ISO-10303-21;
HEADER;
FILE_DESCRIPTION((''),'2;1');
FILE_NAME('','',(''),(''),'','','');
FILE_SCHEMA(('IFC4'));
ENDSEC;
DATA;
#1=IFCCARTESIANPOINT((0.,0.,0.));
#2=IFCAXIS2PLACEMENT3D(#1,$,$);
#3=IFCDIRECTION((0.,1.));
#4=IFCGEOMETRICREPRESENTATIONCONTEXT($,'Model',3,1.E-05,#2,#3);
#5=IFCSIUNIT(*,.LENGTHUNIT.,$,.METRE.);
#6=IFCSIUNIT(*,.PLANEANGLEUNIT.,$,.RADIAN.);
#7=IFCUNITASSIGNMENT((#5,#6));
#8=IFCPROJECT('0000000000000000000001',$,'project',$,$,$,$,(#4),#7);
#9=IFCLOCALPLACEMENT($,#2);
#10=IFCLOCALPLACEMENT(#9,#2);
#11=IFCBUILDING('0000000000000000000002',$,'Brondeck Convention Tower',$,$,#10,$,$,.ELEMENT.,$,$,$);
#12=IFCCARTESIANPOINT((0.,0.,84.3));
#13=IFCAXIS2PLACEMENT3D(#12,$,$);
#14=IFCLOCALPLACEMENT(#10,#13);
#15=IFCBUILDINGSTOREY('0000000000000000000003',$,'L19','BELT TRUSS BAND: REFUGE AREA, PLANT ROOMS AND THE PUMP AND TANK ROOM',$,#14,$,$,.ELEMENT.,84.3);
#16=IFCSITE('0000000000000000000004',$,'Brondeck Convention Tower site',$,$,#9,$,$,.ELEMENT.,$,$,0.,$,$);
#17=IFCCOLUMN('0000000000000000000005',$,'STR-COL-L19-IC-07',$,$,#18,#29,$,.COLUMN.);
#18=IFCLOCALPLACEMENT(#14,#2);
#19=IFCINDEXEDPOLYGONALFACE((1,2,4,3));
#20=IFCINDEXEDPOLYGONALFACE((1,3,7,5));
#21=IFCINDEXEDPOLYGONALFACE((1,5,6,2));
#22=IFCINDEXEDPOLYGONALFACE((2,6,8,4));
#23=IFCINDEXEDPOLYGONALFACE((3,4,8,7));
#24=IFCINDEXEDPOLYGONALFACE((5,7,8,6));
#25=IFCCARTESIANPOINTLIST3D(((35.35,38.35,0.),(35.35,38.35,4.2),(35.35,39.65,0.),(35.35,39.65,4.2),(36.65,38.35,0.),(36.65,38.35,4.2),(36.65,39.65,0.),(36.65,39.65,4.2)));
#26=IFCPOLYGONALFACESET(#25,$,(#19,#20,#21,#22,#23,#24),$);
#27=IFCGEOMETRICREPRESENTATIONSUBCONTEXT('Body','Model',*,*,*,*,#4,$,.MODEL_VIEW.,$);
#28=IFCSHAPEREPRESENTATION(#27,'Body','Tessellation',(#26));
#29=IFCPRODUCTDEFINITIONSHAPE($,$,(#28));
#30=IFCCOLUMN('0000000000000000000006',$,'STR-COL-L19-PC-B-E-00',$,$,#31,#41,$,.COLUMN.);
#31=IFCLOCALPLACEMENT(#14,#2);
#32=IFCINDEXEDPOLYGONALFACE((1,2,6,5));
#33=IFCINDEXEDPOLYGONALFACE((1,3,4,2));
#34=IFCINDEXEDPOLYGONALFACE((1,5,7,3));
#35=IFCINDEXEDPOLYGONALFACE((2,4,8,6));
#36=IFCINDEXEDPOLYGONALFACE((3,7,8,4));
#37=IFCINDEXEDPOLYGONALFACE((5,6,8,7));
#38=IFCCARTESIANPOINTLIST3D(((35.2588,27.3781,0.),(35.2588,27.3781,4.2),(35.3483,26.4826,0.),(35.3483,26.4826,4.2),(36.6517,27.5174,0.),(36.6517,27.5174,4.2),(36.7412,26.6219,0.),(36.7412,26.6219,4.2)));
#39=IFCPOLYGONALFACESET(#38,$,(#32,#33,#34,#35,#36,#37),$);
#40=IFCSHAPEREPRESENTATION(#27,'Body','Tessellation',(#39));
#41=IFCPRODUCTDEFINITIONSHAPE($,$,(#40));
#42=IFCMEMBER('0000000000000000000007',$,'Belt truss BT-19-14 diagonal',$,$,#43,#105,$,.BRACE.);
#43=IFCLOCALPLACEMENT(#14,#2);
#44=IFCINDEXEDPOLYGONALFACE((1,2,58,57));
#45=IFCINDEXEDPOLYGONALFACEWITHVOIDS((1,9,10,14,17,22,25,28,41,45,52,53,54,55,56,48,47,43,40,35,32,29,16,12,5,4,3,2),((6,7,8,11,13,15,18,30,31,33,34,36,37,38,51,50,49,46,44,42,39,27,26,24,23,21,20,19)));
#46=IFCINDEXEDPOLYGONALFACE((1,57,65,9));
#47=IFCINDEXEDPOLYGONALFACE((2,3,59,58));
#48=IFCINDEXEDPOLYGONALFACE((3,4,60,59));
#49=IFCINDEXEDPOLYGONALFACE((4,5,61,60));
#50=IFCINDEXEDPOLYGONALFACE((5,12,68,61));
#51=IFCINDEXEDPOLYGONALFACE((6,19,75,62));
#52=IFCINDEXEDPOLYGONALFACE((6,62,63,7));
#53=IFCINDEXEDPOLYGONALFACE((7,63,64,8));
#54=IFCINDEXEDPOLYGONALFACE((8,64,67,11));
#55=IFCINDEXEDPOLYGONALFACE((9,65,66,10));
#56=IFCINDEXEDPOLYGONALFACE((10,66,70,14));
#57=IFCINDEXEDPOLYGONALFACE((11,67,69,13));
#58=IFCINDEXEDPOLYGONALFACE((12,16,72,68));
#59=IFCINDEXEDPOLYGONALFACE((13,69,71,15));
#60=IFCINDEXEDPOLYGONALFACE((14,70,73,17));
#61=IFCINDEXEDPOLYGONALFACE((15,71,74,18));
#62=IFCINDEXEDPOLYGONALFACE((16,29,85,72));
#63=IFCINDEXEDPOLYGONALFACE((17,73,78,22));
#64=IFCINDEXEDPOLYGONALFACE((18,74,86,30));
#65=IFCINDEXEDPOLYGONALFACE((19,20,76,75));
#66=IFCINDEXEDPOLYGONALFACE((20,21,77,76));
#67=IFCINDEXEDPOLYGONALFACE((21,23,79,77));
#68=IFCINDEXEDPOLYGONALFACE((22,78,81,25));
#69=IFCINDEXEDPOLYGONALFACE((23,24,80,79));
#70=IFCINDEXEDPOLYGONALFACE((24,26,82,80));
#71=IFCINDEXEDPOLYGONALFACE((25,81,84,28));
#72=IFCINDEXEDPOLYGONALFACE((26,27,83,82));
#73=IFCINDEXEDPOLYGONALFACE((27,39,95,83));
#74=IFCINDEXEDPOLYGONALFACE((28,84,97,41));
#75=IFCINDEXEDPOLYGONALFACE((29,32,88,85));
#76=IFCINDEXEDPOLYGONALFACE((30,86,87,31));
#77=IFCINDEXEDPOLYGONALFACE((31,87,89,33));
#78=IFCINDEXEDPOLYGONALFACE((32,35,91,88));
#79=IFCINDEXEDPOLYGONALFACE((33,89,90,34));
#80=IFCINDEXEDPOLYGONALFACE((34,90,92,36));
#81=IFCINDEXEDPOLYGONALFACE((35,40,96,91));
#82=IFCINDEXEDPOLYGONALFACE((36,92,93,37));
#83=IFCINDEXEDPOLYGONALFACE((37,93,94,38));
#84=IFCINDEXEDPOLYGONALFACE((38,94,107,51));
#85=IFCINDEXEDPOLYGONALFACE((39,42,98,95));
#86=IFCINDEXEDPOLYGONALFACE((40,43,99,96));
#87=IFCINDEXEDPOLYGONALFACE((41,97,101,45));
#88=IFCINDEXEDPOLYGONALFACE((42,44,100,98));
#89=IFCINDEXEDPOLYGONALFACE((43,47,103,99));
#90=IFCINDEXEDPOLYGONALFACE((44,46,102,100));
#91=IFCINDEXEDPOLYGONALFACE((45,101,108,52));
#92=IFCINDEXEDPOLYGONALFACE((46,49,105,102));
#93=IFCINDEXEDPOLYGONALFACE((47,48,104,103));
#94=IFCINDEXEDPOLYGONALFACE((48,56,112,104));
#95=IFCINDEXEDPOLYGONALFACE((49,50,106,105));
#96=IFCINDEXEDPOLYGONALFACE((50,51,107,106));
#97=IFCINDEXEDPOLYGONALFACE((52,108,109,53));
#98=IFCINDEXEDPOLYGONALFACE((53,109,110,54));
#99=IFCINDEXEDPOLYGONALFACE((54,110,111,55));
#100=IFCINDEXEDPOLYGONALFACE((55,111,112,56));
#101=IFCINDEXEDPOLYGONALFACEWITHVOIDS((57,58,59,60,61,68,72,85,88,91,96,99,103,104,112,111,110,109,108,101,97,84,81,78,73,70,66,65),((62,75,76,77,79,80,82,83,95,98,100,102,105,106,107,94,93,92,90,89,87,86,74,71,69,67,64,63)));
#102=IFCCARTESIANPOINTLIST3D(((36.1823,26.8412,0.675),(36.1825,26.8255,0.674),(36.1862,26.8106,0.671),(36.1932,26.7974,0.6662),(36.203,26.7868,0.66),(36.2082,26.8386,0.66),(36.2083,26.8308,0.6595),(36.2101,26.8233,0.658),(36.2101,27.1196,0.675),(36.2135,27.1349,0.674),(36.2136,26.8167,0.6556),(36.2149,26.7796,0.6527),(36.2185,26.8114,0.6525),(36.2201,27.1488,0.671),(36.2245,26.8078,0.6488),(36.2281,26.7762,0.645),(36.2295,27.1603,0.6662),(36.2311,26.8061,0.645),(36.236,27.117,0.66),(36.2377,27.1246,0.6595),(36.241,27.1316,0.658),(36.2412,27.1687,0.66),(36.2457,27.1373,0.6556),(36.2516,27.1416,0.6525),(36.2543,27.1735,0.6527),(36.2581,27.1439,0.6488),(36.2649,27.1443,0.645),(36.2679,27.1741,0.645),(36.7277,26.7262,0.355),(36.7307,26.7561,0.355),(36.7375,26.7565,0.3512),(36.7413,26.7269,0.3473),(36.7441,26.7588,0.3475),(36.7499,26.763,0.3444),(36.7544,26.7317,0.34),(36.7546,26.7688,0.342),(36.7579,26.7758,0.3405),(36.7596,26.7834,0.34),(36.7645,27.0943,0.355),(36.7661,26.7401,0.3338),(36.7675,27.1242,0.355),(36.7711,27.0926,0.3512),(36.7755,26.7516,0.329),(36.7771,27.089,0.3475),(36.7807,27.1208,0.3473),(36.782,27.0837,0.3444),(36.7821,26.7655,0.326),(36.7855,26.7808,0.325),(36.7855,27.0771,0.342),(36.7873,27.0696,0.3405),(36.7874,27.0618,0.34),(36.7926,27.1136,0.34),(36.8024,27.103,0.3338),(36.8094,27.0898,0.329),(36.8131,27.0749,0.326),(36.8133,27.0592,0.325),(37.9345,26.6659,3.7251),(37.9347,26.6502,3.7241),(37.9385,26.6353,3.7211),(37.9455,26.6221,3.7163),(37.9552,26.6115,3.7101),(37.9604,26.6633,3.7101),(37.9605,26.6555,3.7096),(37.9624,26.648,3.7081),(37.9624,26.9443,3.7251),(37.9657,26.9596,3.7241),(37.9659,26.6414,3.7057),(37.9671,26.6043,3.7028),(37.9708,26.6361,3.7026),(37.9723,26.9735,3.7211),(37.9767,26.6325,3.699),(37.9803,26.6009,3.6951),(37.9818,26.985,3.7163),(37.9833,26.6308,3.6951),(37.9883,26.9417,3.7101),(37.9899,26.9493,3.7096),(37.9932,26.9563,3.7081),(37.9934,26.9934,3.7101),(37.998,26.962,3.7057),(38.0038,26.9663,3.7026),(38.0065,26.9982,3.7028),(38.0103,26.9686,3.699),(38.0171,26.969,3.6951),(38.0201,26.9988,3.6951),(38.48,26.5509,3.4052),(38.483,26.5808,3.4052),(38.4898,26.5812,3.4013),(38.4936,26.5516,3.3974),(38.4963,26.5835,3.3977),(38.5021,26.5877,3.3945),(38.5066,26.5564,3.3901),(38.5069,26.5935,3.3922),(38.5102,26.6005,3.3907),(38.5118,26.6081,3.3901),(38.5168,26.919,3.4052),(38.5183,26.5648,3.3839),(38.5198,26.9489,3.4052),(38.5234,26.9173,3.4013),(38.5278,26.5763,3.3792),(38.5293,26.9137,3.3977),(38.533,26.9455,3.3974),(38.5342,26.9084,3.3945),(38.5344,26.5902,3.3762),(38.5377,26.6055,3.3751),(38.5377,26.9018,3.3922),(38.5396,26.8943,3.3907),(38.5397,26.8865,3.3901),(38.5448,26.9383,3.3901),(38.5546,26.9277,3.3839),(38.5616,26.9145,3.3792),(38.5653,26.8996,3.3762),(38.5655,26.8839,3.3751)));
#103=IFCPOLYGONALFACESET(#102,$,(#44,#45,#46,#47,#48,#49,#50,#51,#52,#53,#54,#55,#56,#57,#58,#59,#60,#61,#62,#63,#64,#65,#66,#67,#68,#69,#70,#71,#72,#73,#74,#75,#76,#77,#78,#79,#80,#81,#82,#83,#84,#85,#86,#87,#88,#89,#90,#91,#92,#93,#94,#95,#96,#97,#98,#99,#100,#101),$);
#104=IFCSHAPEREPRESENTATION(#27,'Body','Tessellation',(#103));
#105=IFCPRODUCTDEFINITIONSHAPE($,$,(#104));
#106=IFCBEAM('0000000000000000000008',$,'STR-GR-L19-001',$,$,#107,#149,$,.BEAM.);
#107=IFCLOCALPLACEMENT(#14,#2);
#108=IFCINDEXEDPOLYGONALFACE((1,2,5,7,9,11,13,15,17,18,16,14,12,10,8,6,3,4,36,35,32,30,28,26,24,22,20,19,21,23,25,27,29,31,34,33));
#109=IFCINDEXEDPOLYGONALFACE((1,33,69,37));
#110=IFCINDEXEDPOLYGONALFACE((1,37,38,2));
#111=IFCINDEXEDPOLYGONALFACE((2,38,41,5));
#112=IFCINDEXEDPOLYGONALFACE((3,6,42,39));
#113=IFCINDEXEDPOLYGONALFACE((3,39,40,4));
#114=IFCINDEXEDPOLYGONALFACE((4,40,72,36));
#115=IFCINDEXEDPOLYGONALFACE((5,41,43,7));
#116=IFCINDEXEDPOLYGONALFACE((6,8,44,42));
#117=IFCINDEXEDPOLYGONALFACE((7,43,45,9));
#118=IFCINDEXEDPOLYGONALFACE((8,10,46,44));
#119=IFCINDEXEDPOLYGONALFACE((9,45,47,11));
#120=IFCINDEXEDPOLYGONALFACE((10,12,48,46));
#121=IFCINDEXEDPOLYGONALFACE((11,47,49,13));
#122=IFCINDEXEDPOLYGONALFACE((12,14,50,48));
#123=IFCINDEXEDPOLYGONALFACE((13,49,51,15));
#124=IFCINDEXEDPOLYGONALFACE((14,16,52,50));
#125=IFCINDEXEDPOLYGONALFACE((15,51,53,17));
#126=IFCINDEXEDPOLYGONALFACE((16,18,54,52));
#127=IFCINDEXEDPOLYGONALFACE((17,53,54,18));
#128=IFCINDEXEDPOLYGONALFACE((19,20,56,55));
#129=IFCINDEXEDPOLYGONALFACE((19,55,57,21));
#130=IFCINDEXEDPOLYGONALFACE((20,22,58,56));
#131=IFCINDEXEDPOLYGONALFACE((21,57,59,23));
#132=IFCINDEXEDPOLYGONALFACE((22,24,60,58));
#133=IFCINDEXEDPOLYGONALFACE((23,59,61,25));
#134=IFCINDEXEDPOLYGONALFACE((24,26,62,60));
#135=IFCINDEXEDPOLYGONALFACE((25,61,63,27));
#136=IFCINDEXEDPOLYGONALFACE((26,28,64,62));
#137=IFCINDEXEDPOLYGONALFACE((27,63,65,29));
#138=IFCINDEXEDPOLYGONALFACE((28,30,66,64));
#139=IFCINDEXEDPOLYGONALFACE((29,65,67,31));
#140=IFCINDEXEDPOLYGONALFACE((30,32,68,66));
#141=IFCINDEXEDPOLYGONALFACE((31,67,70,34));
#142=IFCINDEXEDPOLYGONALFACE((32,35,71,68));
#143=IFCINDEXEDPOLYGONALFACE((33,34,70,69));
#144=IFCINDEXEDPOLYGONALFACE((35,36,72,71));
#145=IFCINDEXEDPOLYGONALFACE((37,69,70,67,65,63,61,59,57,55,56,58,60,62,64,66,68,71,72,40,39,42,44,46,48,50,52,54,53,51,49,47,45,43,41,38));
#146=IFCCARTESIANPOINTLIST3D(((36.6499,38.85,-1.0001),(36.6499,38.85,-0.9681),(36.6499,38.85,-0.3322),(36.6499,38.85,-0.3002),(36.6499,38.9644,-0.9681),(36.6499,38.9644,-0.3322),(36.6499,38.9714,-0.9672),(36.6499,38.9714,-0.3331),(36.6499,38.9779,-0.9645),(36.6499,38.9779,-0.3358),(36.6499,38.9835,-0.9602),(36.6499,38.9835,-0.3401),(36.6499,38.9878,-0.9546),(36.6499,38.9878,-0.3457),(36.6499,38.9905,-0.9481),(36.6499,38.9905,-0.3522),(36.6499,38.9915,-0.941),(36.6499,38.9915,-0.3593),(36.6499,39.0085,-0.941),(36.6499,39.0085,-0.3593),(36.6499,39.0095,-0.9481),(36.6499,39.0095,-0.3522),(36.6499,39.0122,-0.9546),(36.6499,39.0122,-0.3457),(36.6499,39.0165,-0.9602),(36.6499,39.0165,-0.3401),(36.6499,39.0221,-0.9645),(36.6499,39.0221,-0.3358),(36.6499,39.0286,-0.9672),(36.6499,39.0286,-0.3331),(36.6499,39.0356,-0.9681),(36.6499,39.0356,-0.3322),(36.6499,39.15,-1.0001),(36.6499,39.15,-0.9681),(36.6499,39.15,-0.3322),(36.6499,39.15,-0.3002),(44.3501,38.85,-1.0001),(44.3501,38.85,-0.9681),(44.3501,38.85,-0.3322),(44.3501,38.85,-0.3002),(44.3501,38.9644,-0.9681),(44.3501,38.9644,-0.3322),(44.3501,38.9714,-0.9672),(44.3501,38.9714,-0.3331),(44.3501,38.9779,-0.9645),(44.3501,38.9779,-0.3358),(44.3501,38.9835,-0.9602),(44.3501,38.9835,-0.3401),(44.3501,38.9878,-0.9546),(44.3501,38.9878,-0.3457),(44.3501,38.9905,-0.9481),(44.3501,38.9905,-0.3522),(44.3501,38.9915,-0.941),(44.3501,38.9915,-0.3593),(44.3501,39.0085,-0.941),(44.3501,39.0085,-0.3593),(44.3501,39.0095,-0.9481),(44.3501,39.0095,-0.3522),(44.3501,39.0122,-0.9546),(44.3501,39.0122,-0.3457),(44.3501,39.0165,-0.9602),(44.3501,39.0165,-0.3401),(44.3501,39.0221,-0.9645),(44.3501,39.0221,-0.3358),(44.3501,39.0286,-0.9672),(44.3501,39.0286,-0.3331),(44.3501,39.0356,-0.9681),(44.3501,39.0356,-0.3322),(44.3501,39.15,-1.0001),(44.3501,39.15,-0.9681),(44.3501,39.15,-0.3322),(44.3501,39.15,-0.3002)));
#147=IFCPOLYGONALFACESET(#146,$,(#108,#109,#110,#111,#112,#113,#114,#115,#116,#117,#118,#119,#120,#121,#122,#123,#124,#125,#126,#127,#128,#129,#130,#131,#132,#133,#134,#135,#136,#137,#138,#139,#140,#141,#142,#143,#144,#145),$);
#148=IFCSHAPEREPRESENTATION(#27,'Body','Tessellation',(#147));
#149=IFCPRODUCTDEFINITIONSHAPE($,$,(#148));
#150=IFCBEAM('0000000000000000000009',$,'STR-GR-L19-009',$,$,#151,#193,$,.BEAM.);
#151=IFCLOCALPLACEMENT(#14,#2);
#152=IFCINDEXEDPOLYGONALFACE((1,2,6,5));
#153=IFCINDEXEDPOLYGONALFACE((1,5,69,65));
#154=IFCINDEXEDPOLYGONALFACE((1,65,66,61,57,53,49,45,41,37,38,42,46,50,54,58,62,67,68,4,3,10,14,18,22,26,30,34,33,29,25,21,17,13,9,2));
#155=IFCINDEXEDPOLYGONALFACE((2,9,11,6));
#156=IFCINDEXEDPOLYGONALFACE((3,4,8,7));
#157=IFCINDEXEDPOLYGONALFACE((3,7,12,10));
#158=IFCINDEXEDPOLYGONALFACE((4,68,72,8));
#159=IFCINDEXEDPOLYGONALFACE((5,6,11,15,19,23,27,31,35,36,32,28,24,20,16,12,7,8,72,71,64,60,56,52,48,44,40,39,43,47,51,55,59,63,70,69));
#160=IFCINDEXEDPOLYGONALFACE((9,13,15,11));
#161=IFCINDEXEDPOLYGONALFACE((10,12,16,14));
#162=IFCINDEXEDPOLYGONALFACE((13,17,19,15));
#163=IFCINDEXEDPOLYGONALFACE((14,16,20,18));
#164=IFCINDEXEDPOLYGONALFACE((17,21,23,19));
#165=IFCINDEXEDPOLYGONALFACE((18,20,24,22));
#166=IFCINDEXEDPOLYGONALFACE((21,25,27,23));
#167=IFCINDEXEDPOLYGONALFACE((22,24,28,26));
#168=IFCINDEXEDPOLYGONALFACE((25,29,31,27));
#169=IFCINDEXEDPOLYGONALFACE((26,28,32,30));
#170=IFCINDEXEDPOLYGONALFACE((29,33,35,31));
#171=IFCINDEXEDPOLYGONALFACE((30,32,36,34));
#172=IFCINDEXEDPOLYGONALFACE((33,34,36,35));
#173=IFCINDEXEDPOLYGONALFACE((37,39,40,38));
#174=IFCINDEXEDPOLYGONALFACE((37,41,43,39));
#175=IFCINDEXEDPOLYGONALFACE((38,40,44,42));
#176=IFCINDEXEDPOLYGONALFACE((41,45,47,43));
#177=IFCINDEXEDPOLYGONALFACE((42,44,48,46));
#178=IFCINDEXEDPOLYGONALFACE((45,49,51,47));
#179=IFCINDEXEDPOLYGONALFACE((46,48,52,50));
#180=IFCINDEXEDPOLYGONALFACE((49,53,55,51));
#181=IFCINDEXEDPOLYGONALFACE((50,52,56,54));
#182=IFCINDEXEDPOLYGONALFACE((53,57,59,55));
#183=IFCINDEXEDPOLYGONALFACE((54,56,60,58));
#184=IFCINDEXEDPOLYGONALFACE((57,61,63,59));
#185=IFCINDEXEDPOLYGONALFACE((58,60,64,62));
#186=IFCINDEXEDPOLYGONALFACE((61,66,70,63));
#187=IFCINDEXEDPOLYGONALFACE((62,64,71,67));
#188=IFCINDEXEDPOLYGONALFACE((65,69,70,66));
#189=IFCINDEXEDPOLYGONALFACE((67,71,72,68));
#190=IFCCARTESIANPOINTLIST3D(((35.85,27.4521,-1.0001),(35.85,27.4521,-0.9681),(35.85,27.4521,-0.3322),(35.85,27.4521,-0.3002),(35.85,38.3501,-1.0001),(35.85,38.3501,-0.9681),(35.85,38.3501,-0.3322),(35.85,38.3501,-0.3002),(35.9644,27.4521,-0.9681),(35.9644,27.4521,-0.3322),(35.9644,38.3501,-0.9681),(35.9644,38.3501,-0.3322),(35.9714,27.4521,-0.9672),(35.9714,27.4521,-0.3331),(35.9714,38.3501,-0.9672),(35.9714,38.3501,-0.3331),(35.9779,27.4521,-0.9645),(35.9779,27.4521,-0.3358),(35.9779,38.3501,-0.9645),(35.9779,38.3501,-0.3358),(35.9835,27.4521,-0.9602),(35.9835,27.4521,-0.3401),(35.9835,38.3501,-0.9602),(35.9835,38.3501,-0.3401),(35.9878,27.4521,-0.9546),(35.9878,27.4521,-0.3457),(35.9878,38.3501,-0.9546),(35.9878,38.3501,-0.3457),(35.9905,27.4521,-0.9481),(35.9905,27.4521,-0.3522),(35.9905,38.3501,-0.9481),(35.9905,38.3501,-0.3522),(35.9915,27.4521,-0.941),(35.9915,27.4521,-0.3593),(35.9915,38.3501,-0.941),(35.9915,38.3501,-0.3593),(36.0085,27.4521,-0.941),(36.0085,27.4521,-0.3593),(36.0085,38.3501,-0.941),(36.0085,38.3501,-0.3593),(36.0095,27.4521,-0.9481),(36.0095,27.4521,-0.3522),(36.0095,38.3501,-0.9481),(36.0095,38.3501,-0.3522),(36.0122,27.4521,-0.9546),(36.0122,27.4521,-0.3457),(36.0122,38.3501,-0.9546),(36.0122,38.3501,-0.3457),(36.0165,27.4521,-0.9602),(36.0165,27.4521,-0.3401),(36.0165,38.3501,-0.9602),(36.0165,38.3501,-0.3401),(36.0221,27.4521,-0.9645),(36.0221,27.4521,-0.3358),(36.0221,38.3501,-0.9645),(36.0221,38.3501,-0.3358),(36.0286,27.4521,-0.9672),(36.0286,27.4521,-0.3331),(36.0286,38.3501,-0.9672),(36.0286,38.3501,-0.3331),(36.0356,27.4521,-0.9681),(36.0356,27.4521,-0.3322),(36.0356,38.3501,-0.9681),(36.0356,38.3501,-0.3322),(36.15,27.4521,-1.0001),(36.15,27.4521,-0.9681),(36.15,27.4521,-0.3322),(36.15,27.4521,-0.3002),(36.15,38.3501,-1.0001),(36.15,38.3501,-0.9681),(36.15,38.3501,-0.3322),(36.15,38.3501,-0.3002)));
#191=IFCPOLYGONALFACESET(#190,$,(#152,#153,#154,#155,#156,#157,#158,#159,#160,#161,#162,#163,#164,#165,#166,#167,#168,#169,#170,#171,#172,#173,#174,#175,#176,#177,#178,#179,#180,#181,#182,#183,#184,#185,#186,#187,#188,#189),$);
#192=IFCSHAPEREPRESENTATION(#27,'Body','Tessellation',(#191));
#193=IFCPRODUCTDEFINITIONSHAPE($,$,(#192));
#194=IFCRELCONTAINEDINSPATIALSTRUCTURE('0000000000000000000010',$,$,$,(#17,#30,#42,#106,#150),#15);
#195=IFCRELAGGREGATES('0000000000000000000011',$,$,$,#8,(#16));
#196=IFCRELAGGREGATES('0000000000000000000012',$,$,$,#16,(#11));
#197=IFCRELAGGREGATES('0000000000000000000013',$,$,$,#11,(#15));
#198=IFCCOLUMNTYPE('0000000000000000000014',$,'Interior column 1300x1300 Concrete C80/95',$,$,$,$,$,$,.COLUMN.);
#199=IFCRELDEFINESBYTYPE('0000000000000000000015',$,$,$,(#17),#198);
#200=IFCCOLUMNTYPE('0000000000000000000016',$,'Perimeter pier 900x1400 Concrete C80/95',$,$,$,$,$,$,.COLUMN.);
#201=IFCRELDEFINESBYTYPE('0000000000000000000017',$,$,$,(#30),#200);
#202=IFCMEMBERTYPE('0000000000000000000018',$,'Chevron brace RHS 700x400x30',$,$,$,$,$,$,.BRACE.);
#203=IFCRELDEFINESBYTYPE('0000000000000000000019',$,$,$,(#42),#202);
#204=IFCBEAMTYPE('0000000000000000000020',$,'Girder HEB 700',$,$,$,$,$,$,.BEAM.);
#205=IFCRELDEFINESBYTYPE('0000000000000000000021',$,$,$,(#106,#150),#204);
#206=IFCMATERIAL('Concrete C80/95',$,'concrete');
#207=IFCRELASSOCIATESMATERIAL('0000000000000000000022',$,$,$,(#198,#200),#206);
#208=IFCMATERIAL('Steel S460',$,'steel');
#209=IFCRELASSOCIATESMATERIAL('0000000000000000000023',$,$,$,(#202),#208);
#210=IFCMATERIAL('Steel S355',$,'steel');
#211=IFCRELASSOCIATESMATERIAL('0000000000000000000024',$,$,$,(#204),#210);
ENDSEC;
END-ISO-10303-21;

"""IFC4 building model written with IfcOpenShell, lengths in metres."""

from ifc_helpers import new_model, si_unit, direction, frame, origin, origin_2d, place, context, subcontext, project, spatial, rectangle, hollow_rectangle, i_section, extrude, material, material_profile, profile_set, type_object, element, save


model = new_model("IFC4")

# Units and contexts
model_context = context("Model", 3, precision=1e-05, world=origin(), true_north=direction((0.0, 1.0)))
body_context = subcontext(model_context, "Body", "Model", "MODEL_VIEW")
ifc_project = project(units=[si_unit("LENGTHUNIT", "METRE"), si_unit("PLANEANGLEUNIT", "RADIAN")], contexts=[model_context])

# Site, building, storey
site_placement = place(None, origin())
site = spatial("IfcSite", under=ifc_project, at=site_placement, Name="Brondeck Convention Tower site", CompositionType="ELEMENT", RefElevation=0.0)
building_placement = place(site_placement, origin())
building = spatial("IfcBuilding", under=site, at=building_placement, Name="Brondeck Convention Tower", CompositionType="ELEMENT")
storey_placement = place(building_placement, frame((0.0, 0.0, 84.3)))
storey = spatial("IfcBuildingStorey", under=building, at=storey_placement, Name="L19", Description="BELT TRUSS BAND: REFUGE AREA, PLANT ROOMS AND THE PUMP AND TANK ROOM", CompositionType="ELEMENT", Elevation=84.3)

# Columns
ifc_material_1 = material(Name="Concrete C80/95", Category="concrete")
ifc_material_profile_1 = material_profile(ifc_material_1, rectangle(XDim=1.3, YDim=1.3, at=origin_2d()), Name="Interior column 1300x1300 Concrete C80/95")
ifc_profile_set_1 = profile_set([ifc_material_profile_1], Name="Concrete C80/95")
column_type_1 = type_object("IfcColumnType", Name="Interior column 1300x1300 Concrete C80/95", PredefinedType="COLUMN", material=ifc_profile_set_1)
column_1_placement = place(storey_placement, frame((36.0, 39.0, 0.0), z_axis=(0.0, 0.0, 1.0), x_axis=(1.0, 0.0, 0.0)))
element("IfcColumn", 1, at=column_1_placement, inside=storey, type_object=column_type_1, Name="STR-COL-L19-IC-07", PredefinedType="COLUMN", context=body_context, shape_type="SweptSolid", body=[
    extrude(rectangle(XDim=1.3, YDim=1.3, at=origin_2d()), origin(), (0.0, 0.0, 1.0), 4.2),
])
ifc_material_profile_2 = material_profile(ifc_material_1, rectangle(XDim=0.8999, YDim=1.3999, at=origin_2d()), Name="Perimeter pier 900x1400 Concrete C80/95")
ifc_profile_set_2 = profile_set([ifc_material_profile_2], Name="Concrete C80/95")
column_type_2 = type_object("IfcColumnType", Name="Perimeter pier 900x1400 Concrete C80/95", PredefinedType="COLUMN", material=ifc_profile_set_2)
column_2_placement = place(storey_placement, frame((36.0, 27.0, 0.0), z_axis=(0.0, 0.0, 1.0), x_axis=(-0.099504, 0.995037, 0.0)))
element("IfcColumn", 2, at=column_2_placement, inside=storey, type_object=column_type_2, Name="STR-COL-L19-PC-B-E-00", PredefinedType="COLUMN", context=body_context, shape_type="SweptSolid", body=[
    extrude(rectangle(XDim=0.8999, YDim=1.3999, at=origin_2d()), origin(), (0.0, 0.0, 1.0), 4.2),
])

# Member
ifc_material_2 = material(Name="Steel S460", Category="steel")
ifc_material_profile_3 = material_profile(ifc_material_2, hollow_rectangle(XDim=0.3999, YDim=0.7, WallThickness=0.03, InnerFilletRadius=0.03, OuterFilletRadius=0.0601, at=origin_2d()), Name="RHS 700x400x30")
ifc_profile_set_3 = profile_set([ifc_material_profile_3], Name="Steel S460")
member_type_1 = type_object("IfcMemberType", Name="Chevron brace RHS 700x400x30", PredefinedType="BRACE", material=ifc_profile_set_3)
member_1_placement = place(storey_placement, frame((36.4978, 26.9502, 0.5), z_axis=(0.497516, -0.049772, 0.866026), x_axis=(0.099545, 0.995033, 0.0)))
element("IfcMember", 3, at=member_1_placement, inside=storey, type_object=member_type_1, Name="Belt truss BT-19-14 diagonal", PredefinedType="BRACE", context=body_context, shape_type="SweptSolid", body=[
    extrude(hollow_rectangle(XDim=0.3999, YDim=0.7, WallThickness=0.03, InnerFilletRadius=0.03, OuterFilletRadius=0.0601, at=origin_2d()), origin(), (0.0, 0.0, 1.0), 3.522),
])

# Beams
ifc_material_3 = material(Name="Steel S355", Category="steel")
ifc_material_profile_4 = material_profile(ifc_material_3, i_section(OverallWidth=0.3, OverallDepth=0.7, WebThickness=0.0171, FlangeThickness=0.032, FilletRadius=0.0271, at=origin_2d()), Name="HEB 700")
ifc_profile_set_4 = profile_set([ifc_material_profile_4], Name="Steel S355")
beam_type_1 = type_object("IfcBeamType", Name="Girder HEB 700", PredefinedType="BEAM", material=ifc_profile_set_4)
beam_1_placement = place(storey_placement, frame((36.6499, 39.0, -0.6501), z_axis=(1.0, 0.0, 0.0), x_axis=(0.0, 1.0, 0.0)))
element("IfcBeam", 4, at=beam_1_placement, inside=storey, type_object=beam_type_1, Name="STR-GR-L19-001", PredefinedType="BEAM", context=body_context, shape_type="SweptSolid", body=[
    extrude(i_section(OverallWidth=0.3, OverallDepth=0.7, WebThickness=0.0171, FlangeThickness=0.032, FilletRadius=0.0271, at=origin_2d()), origin(), (0.0, 0.0, 1.0), 7.7002),
])
beam_2_placement = place(storey_placement, frame((36.0, 27.4521, -0.6501), z_axis=(0.0, 1.0, 0.0), x_axis=(-1.0, 0.0, 0.0)))
element("IfcBeam", 5, at=beam_2_placement, inside=storey, type_object=beam_type_1, Name="STR-GR-L19-009", PredefinedType="BEAM", context=body_context, shape_type="SweptSolid", body=[
    extrude(i_section(OverallWidth=0.3, OverallDepth=0.7, WebThickness=0.0171, FlangeThickness=0.032, FilletRadius=0.0271, at=origin_2d()), origin(), (0.0, 0.0, 1.0), 10.8979),
])

save(model, "model.ifc")
